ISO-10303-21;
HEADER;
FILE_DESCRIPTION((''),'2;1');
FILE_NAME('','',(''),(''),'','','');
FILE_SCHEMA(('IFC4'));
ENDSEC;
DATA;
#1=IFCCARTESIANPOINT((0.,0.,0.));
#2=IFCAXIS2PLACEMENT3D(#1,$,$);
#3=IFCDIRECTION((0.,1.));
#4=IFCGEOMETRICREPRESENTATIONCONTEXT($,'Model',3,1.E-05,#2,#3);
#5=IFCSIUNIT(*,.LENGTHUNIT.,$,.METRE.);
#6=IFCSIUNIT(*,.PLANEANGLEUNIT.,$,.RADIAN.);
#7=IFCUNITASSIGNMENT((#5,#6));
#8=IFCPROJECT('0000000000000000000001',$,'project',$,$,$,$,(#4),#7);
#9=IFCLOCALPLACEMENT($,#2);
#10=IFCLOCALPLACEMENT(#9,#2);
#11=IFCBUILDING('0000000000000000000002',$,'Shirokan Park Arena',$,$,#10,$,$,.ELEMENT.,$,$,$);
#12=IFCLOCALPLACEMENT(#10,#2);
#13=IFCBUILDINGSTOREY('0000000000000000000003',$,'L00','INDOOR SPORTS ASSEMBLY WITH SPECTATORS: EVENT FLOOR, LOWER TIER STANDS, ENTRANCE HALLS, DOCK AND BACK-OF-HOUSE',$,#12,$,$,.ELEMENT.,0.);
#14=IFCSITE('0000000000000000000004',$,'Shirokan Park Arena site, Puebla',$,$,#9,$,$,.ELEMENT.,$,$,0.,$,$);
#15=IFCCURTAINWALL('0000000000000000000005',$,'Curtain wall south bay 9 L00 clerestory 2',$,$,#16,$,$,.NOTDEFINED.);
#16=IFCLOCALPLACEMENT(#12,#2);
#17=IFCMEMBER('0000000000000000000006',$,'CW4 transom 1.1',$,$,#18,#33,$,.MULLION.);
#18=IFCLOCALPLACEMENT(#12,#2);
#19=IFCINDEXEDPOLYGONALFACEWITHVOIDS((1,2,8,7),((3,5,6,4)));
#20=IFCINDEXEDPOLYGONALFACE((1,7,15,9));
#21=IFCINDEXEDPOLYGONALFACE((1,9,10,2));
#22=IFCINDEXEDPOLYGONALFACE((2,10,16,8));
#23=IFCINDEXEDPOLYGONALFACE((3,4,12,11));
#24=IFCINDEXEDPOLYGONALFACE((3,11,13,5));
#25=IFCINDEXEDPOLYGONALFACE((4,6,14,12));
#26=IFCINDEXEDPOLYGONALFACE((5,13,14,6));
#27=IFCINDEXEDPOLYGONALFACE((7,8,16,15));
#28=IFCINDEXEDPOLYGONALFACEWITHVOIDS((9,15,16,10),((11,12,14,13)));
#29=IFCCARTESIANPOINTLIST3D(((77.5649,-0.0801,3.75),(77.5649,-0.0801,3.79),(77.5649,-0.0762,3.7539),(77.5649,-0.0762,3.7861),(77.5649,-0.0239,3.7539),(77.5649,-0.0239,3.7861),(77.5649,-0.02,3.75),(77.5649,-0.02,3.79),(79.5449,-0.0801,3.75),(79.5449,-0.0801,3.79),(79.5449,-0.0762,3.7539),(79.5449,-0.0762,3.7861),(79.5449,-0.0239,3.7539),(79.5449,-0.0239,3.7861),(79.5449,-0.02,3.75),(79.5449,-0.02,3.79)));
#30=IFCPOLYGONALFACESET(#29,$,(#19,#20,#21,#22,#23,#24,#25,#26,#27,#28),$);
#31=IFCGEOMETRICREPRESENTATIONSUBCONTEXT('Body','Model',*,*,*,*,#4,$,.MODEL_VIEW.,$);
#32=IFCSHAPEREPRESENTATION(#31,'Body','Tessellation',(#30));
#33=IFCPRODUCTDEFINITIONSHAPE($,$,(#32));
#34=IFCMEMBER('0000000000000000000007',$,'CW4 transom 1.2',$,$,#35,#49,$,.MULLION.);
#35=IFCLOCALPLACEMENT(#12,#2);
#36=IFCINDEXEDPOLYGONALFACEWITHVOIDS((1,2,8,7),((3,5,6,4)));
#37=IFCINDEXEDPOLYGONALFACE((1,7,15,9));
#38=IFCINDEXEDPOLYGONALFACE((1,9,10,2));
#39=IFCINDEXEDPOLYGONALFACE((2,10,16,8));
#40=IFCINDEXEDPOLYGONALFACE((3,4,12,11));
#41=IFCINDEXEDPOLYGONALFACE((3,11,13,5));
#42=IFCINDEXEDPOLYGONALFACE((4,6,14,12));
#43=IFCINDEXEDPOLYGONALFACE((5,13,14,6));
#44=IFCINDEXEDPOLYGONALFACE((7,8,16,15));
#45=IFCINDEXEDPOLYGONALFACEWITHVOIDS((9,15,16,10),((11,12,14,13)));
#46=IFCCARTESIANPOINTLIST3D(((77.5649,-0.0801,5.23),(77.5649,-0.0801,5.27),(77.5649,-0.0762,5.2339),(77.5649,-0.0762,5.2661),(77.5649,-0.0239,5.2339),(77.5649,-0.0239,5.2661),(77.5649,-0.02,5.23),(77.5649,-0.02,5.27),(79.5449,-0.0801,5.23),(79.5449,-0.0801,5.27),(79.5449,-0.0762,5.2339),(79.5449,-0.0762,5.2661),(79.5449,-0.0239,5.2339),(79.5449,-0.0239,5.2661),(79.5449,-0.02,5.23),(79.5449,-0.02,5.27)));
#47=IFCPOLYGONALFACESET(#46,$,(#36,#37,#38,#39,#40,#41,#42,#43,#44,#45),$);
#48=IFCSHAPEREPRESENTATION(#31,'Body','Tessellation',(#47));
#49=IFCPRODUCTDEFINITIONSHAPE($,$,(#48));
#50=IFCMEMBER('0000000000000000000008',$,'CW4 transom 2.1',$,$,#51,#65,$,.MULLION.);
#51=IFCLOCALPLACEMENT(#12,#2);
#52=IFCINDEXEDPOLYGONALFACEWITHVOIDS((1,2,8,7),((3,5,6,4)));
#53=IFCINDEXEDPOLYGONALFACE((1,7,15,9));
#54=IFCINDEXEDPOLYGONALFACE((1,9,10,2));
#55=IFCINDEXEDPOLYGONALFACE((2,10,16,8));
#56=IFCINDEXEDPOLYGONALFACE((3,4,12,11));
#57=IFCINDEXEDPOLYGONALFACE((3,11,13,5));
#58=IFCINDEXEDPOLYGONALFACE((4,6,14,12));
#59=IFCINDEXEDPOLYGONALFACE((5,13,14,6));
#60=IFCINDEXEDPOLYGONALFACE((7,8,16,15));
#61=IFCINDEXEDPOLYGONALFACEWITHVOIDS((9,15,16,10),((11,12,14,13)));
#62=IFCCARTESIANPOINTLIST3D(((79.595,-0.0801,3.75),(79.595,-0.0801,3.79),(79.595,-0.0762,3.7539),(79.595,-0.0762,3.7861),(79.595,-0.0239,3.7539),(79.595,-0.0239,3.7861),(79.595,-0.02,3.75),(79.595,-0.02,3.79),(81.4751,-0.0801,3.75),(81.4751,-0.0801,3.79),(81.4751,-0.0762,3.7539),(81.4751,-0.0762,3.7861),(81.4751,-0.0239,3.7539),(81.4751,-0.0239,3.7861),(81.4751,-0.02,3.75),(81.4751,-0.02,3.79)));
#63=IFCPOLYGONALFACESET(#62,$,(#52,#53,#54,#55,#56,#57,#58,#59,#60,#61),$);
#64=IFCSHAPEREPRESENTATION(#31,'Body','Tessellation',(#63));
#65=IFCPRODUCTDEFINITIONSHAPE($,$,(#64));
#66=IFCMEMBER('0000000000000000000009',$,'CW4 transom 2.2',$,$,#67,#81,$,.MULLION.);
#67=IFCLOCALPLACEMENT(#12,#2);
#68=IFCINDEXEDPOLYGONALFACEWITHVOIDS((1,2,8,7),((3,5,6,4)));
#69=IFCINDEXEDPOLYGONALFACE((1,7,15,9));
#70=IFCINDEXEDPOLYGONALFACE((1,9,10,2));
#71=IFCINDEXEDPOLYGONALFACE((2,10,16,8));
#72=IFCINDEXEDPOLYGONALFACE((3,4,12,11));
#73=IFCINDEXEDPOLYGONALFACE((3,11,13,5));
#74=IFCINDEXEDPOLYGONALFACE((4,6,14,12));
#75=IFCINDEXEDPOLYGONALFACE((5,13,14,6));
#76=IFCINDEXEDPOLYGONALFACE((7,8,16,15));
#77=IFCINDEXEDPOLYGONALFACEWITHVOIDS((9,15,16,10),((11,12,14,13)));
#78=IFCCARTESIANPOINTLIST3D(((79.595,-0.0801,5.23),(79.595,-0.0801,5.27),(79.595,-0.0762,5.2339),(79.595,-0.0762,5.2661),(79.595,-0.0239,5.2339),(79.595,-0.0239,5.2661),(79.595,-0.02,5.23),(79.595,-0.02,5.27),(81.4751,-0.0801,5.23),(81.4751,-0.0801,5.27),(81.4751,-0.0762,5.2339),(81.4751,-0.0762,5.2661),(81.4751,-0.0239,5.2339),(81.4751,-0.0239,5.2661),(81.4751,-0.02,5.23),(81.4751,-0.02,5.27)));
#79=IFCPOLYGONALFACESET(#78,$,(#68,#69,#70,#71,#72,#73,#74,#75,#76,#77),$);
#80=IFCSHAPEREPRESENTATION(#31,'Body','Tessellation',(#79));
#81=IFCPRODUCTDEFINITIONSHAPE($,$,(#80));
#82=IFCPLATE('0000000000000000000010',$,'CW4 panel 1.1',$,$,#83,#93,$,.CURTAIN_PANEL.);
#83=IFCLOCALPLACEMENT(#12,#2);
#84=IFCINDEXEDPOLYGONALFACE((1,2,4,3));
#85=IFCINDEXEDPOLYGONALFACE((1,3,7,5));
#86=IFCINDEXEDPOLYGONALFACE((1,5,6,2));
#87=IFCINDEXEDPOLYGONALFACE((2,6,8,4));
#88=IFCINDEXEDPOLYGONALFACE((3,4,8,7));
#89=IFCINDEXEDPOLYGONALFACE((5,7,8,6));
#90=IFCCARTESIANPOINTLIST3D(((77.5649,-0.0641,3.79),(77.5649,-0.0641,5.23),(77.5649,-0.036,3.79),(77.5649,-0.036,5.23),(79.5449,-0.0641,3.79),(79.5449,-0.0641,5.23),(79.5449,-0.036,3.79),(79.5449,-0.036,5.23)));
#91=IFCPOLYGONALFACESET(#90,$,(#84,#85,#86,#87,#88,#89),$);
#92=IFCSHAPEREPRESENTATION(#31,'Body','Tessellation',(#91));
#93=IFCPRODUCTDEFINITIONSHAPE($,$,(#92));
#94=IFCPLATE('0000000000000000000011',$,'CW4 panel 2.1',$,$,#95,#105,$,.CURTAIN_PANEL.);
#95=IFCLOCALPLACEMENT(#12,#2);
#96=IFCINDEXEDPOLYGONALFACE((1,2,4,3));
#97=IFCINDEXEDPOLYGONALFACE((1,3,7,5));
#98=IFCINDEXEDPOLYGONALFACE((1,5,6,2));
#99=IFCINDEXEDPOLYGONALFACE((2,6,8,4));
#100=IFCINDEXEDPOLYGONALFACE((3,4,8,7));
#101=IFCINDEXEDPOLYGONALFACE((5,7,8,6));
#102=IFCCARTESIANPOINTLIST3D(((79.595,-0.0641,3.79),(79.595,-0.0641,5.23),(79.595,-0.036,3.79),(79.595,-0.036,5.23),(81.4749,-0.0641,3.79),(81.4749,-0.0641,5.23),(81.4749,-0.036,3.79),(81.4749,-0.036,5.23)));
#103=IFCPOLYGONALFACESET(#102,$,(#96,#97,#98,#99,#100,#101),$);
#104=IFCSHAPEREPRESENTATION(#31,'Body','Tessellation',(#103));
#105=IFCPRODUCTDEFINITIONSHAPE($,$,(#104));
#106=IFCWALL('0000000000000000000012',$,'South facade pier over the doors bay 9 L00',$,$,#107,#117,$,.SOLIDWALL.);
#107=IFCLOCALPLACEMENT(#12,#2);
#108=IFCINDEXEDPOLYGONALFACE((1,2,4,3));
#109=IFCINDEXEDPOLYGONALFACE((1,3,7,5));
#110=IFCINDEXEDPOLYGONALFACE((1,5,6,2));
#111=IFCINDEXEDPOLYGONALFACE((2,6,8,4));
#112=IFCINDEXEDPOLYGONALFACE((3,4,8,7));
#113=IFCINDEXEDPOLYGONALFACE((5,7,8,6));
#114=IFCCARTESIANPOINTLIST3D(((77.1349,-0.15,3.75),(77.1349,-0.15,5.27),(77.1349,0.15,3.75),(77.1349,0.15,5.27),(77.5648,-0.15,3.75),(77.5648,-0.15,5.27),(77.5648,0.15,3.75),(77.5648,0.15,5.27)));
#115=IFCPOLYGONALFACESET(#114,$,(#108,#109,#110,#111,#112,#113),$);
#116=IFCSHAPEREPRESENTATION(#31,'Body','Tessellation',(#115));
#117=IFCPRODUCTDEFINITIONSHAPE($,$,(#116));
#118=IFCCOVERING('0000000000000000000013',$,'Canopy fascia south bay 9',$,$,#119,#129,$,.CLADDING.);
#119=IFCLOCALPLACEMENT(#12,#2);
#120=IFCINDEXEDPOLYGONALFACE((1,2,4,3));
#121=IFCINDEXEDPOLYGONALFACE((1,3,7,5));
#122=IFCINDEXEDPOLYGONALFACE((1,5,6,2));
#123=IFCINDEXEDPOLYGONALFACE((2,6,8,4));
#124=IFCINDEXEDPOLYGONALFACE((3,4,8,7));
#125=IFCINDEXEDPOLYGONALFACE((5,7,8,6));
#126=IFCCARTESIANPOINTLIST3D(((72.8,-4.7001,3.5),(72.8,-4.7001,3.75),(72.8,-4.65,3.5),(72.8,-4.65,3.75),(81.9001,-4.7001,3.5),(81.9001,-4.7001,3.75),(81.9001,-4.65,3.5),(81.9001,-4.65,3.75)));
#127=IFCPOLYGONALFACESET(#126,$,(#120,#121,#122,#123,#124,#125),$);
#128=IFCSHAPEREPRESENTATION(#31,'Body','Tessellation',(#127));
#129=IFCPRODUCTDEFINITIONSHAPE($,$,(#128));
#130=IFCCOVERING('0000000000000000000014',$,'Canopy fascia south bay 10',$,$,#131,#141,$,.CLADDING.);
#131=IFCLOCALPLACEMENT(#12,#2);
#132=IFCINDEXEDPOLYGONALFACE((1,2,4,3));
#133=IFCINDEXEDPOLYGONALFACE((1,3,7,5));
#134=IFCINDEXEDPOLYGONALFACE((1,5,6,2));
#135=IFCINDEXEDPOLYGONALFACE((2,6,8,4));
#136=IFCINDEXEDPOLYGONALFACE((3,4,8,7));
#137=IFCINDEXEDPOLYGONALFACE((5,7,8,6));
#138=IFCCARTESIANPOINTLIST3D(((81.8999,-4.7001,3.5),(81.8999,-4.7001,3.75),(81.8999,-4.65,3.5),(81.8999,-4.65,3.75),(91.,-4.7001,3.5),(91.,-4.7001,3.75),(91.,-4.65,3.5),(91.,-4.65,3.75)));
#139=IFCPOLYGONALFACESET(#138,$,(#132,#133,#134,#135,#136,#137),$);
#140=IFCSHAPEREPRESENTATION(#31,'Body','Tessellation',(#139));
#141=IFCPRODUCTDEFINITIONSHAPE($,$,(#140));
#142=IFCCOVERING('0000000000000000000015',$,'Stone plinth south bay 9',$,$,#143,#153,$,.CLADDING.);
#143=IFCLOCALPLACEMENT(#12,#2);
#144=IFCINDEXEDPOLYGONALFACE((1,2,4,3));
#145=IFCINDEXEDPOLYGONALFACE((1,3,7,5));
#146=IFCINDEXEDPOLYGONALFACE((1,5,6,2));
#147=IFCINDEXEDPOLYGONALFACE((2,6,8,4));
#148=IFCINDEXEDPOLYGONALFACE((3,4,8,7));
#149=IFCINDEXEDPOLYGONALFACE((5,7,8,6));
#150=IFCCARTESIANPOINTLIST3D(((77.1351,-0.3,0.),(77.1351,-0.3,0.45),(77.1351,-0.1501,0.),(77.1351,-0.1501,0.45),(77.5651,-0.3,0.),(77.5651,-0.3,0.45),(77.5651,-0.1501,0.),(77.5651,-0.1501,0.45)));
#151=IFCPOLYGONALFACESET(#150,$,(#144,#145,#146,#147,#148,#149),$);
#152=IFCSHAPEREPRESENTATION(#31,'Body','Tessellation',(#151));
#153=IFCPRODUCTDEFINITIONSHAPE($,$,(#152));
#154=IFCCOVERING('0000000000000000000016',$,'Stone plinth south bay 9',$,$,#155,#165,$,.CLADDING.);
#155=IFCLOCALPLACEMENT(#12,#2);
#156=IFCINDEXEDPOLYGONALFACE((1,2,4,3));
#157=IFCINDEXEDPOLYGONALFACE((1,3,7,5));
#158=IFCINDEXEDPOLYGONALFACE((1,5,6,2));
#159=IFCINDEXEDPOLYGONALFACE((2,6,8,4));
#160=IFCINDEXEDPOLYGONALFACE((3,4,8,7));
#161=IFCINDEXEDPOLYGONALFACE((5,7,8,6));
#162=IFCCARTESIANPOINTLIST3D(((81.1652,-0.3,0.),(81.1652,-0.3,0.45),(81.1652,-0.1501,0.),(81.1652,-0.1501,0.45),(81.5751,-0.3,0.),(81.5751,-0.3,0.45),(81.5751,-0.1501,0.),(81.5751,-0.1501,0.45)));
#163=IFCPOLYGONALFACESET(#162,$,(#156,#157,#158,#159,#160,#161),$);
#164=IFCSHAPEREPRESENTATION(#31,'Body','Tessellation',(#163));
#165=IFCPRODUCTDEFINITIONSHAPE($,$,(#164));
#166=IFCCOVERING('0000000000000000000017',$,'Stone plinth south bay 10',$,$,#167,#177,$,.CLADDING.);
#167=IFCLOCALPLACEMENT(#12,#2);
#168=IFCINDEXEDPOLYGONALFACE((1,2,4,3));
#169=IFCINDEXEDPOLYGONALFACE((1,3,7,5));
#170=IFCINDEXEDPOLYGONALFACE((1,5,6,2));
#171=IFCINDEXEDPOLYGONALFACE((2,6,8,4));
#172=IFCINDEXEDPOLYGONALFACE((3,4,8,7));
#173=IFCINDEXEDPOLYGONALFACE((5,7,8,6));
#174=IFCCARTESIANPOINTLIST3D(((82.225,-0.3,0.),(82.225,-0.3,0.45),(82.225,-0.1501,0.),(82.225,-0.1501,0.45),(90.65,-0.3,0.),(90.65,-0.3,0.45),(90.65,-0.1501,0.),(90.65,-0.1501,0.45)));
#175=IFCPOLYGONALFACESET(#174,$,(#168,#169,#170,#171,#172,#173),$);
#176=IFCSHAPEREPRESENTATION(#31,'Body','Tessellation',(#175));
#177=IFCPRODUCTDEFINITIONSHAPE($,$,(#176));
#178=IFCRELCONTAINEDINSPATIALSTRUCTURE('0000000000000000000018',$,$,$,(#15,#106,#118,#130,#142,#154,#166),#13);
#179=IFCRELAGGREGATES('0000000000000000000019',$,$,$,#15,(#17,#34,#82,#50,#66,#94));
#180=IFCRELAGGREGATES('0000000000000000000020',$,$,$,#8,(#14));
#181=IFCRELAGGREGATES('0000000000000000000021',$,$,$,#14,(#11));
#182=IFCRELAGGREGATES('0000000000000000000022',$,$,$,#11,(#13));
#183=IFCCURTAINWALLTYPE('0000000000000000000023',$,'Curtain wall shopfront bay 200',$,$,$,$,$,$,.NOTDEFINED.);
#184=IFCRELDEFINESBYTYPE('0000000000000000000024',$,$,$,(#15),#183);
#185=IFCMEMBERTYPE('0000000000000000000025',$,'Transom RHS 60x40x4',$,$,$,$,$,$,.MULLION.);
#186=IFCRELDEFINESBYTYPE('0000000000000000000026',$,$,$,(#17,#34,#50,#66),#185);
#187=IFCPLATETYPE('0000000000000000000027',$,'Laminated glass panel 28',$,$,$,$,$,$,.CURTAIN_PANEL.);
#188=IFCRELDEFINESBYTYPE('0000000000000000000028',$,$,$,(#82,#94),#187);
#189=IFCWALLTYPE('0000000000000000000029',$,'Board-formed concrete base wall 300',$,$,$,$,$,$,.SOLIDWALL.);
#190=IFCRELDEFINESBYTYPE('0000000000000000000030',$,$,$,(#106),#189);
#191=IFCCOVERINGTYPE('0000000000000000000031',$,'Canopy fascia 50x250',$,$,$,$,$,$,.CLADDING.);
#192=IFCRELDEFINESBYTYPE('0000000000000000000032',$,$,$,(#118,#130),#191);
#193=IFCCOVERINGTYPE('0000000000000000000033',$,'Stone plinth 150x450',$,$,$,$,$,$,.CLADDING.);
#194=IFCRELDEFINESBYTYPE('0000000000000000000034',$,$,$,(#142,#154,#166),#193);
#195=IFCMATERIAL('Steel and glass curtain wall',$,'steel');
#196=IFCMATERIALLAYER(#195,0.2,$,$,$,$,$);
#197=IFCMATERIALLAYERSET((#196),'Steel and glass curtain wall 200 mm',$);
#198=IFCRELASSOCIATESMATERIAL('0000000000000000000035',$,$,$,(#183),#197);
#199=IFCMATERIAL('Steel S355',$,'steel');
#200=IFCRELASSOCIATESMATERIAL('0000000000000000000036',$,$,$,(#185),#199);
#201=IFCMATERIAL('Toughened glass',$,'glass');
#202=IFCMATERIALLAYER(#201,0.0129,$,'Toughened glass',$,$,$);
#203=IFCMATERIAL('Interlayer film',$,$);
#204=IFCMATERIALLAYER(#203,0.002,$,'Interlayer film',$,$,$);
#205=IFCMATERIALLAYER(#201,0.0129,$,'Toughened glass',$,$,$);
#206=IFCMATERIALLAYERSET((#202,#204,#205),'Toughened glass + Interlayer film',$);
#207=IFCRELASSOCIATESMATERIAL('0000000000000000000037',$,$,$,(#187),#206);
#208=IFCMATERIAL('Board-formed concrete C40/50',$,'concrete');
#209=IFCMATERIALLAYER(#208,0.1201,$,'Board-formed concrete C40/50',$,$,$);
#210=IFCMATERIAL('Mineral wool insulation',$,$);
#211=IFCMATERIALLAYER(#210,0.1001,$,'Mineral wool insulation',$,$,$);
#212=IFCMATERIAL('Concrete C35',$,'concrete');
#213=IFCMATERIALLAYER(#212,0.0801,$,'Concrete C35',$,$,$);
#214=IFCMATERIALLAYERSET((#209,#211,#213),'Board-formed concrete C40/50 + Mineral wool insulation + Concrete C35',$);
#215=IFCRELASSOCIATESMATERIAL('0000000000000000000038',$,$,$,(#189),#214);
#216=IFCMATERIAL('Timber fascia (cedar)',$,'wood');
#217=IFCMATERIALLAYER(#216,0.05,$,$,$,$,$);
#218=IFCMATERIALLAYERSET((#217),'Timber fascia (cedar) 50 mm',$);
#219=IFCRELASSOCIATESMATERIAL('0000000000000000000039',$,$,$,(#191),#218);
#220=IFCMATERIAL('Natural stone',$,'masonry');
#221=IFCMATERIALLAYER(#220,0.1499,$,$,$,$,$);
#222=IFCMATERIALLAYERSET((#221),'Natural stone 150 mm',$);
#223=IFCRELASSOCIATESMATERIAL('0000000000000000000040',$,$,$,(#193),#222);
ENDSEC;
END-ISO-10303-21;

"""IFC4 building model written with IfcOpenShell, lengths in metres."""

from ifc_helpers import new_model, si_unit, direction, frame, frame_2d, origin, origin_2d, place, context, subcontext, project, spatial, rectangle, hollow_rectangle, extrude, material, layer, layer_set, material_profile, profile_set, type_object, element, aggregate, save


model = new_model("IFC4")

# Units and contexts
model_context = context("Model", 3, precision=1e-05, world=origin(), true_north=direction((0.0, 1.0)))
body_context = subcontext(model_context, "Body", "Model", "MODEL_VIEW")
ifc_project = project(units=[si_unit("LENGTHUNIT", "METRE"), si_unit("PLANEANGLEUNIT", "RADIAN")], contexts=[model_context])

# Site, building, storey
site_placement = place(None, origin())
site = spatial("IfcSite", under=ifc_project, at=site_placement, Name="Shirokan Park Arena site, Puebla", CompositionType="ELEMENT", RefElevation=0.0)
building_placement = place(site_placement, origin())
building = spatial("IfcBuilding", under=site, at=building_placement, Name="Shirokan Park Arena", CompositionType="ELEMENT")
storey_placement = place(building_placement, origin())
storey = spatial("IfcBuildingStorey", under=building, at=storey_placement, Name="L00", Description="INDOOR SPORTS ASSEMBLY WITH SPECTATORS: EVENT FLOOR, LOWER TIER STANDS, ENTRANCE HALLS, DOCK AND BACK-OF-HOUSE", CompositionType="ELEMENT", Elevation=0.0)

# Shared definitions
ifc_material_1 = material(Name="Concrete C35", Category="concrete")
ifc_material_2 = material(Name="Steel S355", Category="steel")

# Curtain wall, members, plates
ifc_material_3 = material(Name="Steel and glass curtain wall", Category="steel")
ifc_layer_1 = layer(ifc_material_3, 0.2)
ifc_layer_set_1 = layer_set([ifc_layer_1], Name="Steel and glass curtain wall 200 mm")
curtain_wall_type = type_object("IfcCurtainWallType", Name="Curtain wall shopfront bay 200", PredefinedType="NOTDEFINED", material=ifc_layer_set_1)
curtain_wall_placement = place(storey_placement, origin())
curtain_wall = element("IfcCurtainWall", 1, at=curtain_wall_placement, inside=storey, type_object=curtain_wall_type, Name="Curtain wall south bay 9 L00 clerestory 2", PredefinedType="NOTDEFINED")
ifc_material_profile_1 = material_profile(ifc_material_2, hollow_rectangle(XDim=0.0601, YDim=0.04, WallThickness=0.0039, at=origin_2d()), Name="RHS 60x40x4")
ifc_profile_set_1 = profile_set([ifc_material_profile_1], Name="Steel S355")
member_type_1 = type_object("IfcMemberType", Name="Transom RHS 60x40x4", PredefinedType="MULLION", material=ifc_profile_set_1)
member_1_placement = place(storey_placement, frame((77.5649, -0.05, 3.77), z_axis=(1.0, 0.0, 0.0), x_axis=(0.0, 1.0, 0.0)))
member_1 = element("IfcMember", 2, at=member_1_placement, type_object=member_type_1, Name="CW4 transom 1.1", PredefinedType="MULLION", context=body_context, shape_type="SweptSolid", body=[
    extrude(hollow_rectangle(XDim=0.0601, YDim=0.04, WallThickness=0.0039, at=origin_2d()), origin(), (0.0, 0.0, 1.0), 1.98),
])
member_2_placement = place(storey_placement, frame((77.5649, -0.05, 5.25), z_axis=(1.0, 0.0, 0.0), x_axis=(0.0, 1.0, 0.0)))
member_2 = element("IfcMember", 3, at=member_2_placement, type_object=member_type_1, Name="CW4 transom 1.2", PredefinedType="MULLION", context=body_context, shape_type="SweptSolid", body=[
    extrude(hollow_rectangle(XDim=0.0601, YDim=0.04, WallThickness=0.0039, at=origin_2d()), origin(), (0.0, 0.0, 1.0), 1.98),
])
member_3_placement = place(storey_placement, frame((79.595, -0.05, 3.77), z_axis=(1.0, 0.0, 0.0), x_axis=(0.0, 1.0, 0.0)))
member_3 = element("IfcMember", 4, at=member_3_placement, type_object=member_type_1, Name="CW4 transom 2.1", PredefinedType="MULLION", context=body_context, shape_type="SweptSolid", body=[
    extrude(hollow_rectangle(XDim=0.0601, YDim=0.04, WallThickness=0.0039, at=origin_2d()), origin(), (0.0, 0.0, 1.0), 1.8801),
])
member_4_placement = place(storey_placement, frame((79.595, -0.05, 5.25), z_axis=(1.0, 0.0, 0.0), x_axis=(0.0, 1.0, 0.0)))
member_4 = element("IfcMember", 5, at=member_4_placement, type_object=member_type_1, Name="CW4 transom 2.2", PredefinedType="MULLION", context=body_context, shape_type="SweptSolid", body=[
    extrude(hollow_rectangle(XDim=0.0601, YDim=0.04, WallThickness=0.0039, at=origin_2d()), origin(), (0.0, 0.0, 1.0), 1.8801),
])
ifc_material_4 = material(Name="Toughened glass", Category="glass")
ifc_layer_2 = layer(ifc_material_4, 0.0129, Name="Toughened glass")
ifc_material_5 = material(Name="Interlayer film")
ifc_layer_3 = layer(ifc_material_5, 0.002, Name="Interlayer film")
ifc_layer_4 = layer(ifc_material_4, 0.0129, Name="Toughened glass")
ifc_layer_set_2 = layer_set([ifc_layer_2, ifc_layer_3, ifc_layer_4], Name="Toughened glass + Interlayer film")
plate_type = type_object("IfcPlateType", Name="Laminated glass panel 28", PredefinedType="CURTAIN_PANEL", material=ifc_layer_set_2)
plate_1_placement = place(storey_placement, frame((78.5549, -0.05, 3.79), z_axis=(0.0, 0.0, 1.0), x_axis=(1.0, 0.0, 0.0)))
plate_1 = element("IfcPlate", 6, at=plate_1_placement, type_object=plate_type, Name="CW4 panel 1.1", PredefinedType="CURTAIN_PANEL", context=body_context, shape_type="SweptSolid", body=[
    extrude(rectangle(XDim=1.98, YDim=0.0281, at=origin_2d()), origin(), (0.0, 0.0, 1.0), 1.4399),
])
plate_2_placement = place(storey_placement, frame((80.5349, -0.05, 3.79), z_axis=(0.0, 0.0, 1.0), x_axis=(1.0, 0.0, 0.0)))
plate_2 = element("IfcPlate", 7, at=plate_2_placement, type_object=plate_type, Name="CW4 panel 2.1", PredefinedType="CURTAIN_PANEL", context=body_context, shape_type="SweptSolid", body=[
    extrude(rectangle(XDim=1.8799, YDim=0.0281, at=origin_2d()), origin(), (0.0, 0.0, 1.0), 1.4399),
])
aggregate(curtain_wall, [member_1, member_2, plate_1, member_3, member_4, plate_2])

# Wall
ifc_material_6 = material(Name="Board-formed concrete C40/50", Category="concrete")
ifc_layer_5 = layer(ifc_material_6, 0.1201, Name="Board-formed concrete C40/50")
ifc_material_7 = material(Name="Mineral wool insulation")
ifc_layer_6 = layer(ifc_material_7, 0.1001, Name="Mineral wool insulation")
ifc_layer_7 = layer(ifc_material_1, 0.0801, Name="Concrete C35")
ifc_layer_set_3 = layer_set([ifc_layer_5, ifc_layer_6, ifc_layer_7], Name="Board-formed concrete C40/50 + Mineral wool insulation + Concrete C35")
wall_type = type_object("IfcWallType", Name="Board-formed concrete base wall 300", PredefinedType="SOLIDWALL", material=ifc_layer_set_3)
wall_placement = place(storey_placement, frame((77.135, 0.0, 3.75), z_axis=(0.0, 0.0, 1.0), x_axis=(1.0, 0.0, 0.0)))
element("IfcWall", 8, at=wall_placement, inside=storey, type_object=wall_type, Name="South facade pier over the doors bay 9 L00", PredefinedType="SOLIDWALL", context=body_context, shape_type="SweptSolid", body=[
    extrude(rectangle(XDim=0.4299, YDim=0.3, at=frame_2d((0.2148, 0.0))), origin(), (0.0, 0.0, 1.0), 1.52),
])

# Coverings
ifc_material_8 = material(Name="Timber fascia (cedar)", Category="wood")
ifc_layer_8 = layer(ifc_material_8, 0.05)
ifc_layer_set_4 = layer_set([ifc_layer_8], Name="Timber fascia (cedar) 50 mm")
covering_type_1 = type_object("IfcCoveringType", Name="Canopy fascia 50x250", PredefinedType="CLADDING", material=ifc_layer_set_4)
for number, where, z_axis, x_axis, name in (
    (9, (77.3501, -4.675, 3.5), (0.0, 0.0, 1.0), (1.0, 0.0, 0.0), "Canopy fascia south bay 9"),
    (10, (86.45, -4.675, 3.5), (0.0, 0.0, 1.0), (1.0, 0.0, 0.0), "Canopy fascia south bay 10"),
):
    element("IfcCovering", number, at=place(storey_placement, frame(where, z_axis=z_axis, x_axis=x_axis)), inside=storey, type_object=covering_type_1, Name=name, PredefinedType="CLADDING", context=body_context, shape_type="SweptSolid", body=[
        extrude(rectangle(XDim=9.1001, YDim=0.05, at=origin_2d()), origin(), (0.0, 0.0, 1.0), 0.25),
    ])
ifc_material_9 = material(Name="Natural stone", Category="masonry")
ifc_layer_9 = layer(ifc_material_9, 0.1499)
ifc_layer_set_5 = layer_set([ifc_layer_9], Name="Natural stone 150 mm")
covering_type_2 = type_object("IfcCoveringType", Name="Stone plinth 150x450", PredefinedType="CLADDING", material=ifc_layer_set_5)
covering_1_placement = place(storey_placement, frame((77.3501, -0.2251, 0.0), z_axis=(0.0, 0.0, 1.0), x_axis=(1.0, 0.0, 0.0)))
element("IfcCovering", 11, at=covering_1_placement, inside=storey, type_object=covering_type_2, Name="Stone plinth south bay 9", PredefinedType="CLADDING", context=body_context, shape_type="SweptSolid", body=[
    extrude(rectangle(XDim=0.4299, YDim=0.1499, at=origin_2d()), origin(), (0.0, 0.0, 1.0), 0.45),
])
covering_2_placement = place(storey_placement, frame((81.3701, -0.2251, 0.0), z_axis=(0.0, 0.0, 1.0), x_axis=(1.0, 0.0, 0.0)))
element("IfcCovering", 12, at=covering_2_placement, inside=storey, type_object=covering_type_2, Name="Stone plinth south bay 9", PredefinedType="CLADDING", context=body_context, shape_type="SweptSolid", body=[
    extrude(rectangle(XDim=0.4099, YDim=0.1499, at=origin_2d()), origin(), (0.0, 0.0, 1.0), 0.45),
])
covering_3_placement = place(storey_placement, frame((86.4375, -0.2251, 0.0), z_axis=(0.0, 0.0, 1.0), x_axis=(1.0, 0.0, 0.0)))
element("IfcCovering", 13, at=covering_3_placement, inside=storey, type_object=covering_type_2, Name="Stone plinth south bay 10", PredefinedType="CLADDING", context=body_context, shape_type="SweptSolid", body=[
    extrude(rectangle(XDim=8.425, YDim=0.1499, at=origin_2d()), origin(), (0.0, 0.0, 1.0), 0.45),
])

save(model, "model.ifc")
